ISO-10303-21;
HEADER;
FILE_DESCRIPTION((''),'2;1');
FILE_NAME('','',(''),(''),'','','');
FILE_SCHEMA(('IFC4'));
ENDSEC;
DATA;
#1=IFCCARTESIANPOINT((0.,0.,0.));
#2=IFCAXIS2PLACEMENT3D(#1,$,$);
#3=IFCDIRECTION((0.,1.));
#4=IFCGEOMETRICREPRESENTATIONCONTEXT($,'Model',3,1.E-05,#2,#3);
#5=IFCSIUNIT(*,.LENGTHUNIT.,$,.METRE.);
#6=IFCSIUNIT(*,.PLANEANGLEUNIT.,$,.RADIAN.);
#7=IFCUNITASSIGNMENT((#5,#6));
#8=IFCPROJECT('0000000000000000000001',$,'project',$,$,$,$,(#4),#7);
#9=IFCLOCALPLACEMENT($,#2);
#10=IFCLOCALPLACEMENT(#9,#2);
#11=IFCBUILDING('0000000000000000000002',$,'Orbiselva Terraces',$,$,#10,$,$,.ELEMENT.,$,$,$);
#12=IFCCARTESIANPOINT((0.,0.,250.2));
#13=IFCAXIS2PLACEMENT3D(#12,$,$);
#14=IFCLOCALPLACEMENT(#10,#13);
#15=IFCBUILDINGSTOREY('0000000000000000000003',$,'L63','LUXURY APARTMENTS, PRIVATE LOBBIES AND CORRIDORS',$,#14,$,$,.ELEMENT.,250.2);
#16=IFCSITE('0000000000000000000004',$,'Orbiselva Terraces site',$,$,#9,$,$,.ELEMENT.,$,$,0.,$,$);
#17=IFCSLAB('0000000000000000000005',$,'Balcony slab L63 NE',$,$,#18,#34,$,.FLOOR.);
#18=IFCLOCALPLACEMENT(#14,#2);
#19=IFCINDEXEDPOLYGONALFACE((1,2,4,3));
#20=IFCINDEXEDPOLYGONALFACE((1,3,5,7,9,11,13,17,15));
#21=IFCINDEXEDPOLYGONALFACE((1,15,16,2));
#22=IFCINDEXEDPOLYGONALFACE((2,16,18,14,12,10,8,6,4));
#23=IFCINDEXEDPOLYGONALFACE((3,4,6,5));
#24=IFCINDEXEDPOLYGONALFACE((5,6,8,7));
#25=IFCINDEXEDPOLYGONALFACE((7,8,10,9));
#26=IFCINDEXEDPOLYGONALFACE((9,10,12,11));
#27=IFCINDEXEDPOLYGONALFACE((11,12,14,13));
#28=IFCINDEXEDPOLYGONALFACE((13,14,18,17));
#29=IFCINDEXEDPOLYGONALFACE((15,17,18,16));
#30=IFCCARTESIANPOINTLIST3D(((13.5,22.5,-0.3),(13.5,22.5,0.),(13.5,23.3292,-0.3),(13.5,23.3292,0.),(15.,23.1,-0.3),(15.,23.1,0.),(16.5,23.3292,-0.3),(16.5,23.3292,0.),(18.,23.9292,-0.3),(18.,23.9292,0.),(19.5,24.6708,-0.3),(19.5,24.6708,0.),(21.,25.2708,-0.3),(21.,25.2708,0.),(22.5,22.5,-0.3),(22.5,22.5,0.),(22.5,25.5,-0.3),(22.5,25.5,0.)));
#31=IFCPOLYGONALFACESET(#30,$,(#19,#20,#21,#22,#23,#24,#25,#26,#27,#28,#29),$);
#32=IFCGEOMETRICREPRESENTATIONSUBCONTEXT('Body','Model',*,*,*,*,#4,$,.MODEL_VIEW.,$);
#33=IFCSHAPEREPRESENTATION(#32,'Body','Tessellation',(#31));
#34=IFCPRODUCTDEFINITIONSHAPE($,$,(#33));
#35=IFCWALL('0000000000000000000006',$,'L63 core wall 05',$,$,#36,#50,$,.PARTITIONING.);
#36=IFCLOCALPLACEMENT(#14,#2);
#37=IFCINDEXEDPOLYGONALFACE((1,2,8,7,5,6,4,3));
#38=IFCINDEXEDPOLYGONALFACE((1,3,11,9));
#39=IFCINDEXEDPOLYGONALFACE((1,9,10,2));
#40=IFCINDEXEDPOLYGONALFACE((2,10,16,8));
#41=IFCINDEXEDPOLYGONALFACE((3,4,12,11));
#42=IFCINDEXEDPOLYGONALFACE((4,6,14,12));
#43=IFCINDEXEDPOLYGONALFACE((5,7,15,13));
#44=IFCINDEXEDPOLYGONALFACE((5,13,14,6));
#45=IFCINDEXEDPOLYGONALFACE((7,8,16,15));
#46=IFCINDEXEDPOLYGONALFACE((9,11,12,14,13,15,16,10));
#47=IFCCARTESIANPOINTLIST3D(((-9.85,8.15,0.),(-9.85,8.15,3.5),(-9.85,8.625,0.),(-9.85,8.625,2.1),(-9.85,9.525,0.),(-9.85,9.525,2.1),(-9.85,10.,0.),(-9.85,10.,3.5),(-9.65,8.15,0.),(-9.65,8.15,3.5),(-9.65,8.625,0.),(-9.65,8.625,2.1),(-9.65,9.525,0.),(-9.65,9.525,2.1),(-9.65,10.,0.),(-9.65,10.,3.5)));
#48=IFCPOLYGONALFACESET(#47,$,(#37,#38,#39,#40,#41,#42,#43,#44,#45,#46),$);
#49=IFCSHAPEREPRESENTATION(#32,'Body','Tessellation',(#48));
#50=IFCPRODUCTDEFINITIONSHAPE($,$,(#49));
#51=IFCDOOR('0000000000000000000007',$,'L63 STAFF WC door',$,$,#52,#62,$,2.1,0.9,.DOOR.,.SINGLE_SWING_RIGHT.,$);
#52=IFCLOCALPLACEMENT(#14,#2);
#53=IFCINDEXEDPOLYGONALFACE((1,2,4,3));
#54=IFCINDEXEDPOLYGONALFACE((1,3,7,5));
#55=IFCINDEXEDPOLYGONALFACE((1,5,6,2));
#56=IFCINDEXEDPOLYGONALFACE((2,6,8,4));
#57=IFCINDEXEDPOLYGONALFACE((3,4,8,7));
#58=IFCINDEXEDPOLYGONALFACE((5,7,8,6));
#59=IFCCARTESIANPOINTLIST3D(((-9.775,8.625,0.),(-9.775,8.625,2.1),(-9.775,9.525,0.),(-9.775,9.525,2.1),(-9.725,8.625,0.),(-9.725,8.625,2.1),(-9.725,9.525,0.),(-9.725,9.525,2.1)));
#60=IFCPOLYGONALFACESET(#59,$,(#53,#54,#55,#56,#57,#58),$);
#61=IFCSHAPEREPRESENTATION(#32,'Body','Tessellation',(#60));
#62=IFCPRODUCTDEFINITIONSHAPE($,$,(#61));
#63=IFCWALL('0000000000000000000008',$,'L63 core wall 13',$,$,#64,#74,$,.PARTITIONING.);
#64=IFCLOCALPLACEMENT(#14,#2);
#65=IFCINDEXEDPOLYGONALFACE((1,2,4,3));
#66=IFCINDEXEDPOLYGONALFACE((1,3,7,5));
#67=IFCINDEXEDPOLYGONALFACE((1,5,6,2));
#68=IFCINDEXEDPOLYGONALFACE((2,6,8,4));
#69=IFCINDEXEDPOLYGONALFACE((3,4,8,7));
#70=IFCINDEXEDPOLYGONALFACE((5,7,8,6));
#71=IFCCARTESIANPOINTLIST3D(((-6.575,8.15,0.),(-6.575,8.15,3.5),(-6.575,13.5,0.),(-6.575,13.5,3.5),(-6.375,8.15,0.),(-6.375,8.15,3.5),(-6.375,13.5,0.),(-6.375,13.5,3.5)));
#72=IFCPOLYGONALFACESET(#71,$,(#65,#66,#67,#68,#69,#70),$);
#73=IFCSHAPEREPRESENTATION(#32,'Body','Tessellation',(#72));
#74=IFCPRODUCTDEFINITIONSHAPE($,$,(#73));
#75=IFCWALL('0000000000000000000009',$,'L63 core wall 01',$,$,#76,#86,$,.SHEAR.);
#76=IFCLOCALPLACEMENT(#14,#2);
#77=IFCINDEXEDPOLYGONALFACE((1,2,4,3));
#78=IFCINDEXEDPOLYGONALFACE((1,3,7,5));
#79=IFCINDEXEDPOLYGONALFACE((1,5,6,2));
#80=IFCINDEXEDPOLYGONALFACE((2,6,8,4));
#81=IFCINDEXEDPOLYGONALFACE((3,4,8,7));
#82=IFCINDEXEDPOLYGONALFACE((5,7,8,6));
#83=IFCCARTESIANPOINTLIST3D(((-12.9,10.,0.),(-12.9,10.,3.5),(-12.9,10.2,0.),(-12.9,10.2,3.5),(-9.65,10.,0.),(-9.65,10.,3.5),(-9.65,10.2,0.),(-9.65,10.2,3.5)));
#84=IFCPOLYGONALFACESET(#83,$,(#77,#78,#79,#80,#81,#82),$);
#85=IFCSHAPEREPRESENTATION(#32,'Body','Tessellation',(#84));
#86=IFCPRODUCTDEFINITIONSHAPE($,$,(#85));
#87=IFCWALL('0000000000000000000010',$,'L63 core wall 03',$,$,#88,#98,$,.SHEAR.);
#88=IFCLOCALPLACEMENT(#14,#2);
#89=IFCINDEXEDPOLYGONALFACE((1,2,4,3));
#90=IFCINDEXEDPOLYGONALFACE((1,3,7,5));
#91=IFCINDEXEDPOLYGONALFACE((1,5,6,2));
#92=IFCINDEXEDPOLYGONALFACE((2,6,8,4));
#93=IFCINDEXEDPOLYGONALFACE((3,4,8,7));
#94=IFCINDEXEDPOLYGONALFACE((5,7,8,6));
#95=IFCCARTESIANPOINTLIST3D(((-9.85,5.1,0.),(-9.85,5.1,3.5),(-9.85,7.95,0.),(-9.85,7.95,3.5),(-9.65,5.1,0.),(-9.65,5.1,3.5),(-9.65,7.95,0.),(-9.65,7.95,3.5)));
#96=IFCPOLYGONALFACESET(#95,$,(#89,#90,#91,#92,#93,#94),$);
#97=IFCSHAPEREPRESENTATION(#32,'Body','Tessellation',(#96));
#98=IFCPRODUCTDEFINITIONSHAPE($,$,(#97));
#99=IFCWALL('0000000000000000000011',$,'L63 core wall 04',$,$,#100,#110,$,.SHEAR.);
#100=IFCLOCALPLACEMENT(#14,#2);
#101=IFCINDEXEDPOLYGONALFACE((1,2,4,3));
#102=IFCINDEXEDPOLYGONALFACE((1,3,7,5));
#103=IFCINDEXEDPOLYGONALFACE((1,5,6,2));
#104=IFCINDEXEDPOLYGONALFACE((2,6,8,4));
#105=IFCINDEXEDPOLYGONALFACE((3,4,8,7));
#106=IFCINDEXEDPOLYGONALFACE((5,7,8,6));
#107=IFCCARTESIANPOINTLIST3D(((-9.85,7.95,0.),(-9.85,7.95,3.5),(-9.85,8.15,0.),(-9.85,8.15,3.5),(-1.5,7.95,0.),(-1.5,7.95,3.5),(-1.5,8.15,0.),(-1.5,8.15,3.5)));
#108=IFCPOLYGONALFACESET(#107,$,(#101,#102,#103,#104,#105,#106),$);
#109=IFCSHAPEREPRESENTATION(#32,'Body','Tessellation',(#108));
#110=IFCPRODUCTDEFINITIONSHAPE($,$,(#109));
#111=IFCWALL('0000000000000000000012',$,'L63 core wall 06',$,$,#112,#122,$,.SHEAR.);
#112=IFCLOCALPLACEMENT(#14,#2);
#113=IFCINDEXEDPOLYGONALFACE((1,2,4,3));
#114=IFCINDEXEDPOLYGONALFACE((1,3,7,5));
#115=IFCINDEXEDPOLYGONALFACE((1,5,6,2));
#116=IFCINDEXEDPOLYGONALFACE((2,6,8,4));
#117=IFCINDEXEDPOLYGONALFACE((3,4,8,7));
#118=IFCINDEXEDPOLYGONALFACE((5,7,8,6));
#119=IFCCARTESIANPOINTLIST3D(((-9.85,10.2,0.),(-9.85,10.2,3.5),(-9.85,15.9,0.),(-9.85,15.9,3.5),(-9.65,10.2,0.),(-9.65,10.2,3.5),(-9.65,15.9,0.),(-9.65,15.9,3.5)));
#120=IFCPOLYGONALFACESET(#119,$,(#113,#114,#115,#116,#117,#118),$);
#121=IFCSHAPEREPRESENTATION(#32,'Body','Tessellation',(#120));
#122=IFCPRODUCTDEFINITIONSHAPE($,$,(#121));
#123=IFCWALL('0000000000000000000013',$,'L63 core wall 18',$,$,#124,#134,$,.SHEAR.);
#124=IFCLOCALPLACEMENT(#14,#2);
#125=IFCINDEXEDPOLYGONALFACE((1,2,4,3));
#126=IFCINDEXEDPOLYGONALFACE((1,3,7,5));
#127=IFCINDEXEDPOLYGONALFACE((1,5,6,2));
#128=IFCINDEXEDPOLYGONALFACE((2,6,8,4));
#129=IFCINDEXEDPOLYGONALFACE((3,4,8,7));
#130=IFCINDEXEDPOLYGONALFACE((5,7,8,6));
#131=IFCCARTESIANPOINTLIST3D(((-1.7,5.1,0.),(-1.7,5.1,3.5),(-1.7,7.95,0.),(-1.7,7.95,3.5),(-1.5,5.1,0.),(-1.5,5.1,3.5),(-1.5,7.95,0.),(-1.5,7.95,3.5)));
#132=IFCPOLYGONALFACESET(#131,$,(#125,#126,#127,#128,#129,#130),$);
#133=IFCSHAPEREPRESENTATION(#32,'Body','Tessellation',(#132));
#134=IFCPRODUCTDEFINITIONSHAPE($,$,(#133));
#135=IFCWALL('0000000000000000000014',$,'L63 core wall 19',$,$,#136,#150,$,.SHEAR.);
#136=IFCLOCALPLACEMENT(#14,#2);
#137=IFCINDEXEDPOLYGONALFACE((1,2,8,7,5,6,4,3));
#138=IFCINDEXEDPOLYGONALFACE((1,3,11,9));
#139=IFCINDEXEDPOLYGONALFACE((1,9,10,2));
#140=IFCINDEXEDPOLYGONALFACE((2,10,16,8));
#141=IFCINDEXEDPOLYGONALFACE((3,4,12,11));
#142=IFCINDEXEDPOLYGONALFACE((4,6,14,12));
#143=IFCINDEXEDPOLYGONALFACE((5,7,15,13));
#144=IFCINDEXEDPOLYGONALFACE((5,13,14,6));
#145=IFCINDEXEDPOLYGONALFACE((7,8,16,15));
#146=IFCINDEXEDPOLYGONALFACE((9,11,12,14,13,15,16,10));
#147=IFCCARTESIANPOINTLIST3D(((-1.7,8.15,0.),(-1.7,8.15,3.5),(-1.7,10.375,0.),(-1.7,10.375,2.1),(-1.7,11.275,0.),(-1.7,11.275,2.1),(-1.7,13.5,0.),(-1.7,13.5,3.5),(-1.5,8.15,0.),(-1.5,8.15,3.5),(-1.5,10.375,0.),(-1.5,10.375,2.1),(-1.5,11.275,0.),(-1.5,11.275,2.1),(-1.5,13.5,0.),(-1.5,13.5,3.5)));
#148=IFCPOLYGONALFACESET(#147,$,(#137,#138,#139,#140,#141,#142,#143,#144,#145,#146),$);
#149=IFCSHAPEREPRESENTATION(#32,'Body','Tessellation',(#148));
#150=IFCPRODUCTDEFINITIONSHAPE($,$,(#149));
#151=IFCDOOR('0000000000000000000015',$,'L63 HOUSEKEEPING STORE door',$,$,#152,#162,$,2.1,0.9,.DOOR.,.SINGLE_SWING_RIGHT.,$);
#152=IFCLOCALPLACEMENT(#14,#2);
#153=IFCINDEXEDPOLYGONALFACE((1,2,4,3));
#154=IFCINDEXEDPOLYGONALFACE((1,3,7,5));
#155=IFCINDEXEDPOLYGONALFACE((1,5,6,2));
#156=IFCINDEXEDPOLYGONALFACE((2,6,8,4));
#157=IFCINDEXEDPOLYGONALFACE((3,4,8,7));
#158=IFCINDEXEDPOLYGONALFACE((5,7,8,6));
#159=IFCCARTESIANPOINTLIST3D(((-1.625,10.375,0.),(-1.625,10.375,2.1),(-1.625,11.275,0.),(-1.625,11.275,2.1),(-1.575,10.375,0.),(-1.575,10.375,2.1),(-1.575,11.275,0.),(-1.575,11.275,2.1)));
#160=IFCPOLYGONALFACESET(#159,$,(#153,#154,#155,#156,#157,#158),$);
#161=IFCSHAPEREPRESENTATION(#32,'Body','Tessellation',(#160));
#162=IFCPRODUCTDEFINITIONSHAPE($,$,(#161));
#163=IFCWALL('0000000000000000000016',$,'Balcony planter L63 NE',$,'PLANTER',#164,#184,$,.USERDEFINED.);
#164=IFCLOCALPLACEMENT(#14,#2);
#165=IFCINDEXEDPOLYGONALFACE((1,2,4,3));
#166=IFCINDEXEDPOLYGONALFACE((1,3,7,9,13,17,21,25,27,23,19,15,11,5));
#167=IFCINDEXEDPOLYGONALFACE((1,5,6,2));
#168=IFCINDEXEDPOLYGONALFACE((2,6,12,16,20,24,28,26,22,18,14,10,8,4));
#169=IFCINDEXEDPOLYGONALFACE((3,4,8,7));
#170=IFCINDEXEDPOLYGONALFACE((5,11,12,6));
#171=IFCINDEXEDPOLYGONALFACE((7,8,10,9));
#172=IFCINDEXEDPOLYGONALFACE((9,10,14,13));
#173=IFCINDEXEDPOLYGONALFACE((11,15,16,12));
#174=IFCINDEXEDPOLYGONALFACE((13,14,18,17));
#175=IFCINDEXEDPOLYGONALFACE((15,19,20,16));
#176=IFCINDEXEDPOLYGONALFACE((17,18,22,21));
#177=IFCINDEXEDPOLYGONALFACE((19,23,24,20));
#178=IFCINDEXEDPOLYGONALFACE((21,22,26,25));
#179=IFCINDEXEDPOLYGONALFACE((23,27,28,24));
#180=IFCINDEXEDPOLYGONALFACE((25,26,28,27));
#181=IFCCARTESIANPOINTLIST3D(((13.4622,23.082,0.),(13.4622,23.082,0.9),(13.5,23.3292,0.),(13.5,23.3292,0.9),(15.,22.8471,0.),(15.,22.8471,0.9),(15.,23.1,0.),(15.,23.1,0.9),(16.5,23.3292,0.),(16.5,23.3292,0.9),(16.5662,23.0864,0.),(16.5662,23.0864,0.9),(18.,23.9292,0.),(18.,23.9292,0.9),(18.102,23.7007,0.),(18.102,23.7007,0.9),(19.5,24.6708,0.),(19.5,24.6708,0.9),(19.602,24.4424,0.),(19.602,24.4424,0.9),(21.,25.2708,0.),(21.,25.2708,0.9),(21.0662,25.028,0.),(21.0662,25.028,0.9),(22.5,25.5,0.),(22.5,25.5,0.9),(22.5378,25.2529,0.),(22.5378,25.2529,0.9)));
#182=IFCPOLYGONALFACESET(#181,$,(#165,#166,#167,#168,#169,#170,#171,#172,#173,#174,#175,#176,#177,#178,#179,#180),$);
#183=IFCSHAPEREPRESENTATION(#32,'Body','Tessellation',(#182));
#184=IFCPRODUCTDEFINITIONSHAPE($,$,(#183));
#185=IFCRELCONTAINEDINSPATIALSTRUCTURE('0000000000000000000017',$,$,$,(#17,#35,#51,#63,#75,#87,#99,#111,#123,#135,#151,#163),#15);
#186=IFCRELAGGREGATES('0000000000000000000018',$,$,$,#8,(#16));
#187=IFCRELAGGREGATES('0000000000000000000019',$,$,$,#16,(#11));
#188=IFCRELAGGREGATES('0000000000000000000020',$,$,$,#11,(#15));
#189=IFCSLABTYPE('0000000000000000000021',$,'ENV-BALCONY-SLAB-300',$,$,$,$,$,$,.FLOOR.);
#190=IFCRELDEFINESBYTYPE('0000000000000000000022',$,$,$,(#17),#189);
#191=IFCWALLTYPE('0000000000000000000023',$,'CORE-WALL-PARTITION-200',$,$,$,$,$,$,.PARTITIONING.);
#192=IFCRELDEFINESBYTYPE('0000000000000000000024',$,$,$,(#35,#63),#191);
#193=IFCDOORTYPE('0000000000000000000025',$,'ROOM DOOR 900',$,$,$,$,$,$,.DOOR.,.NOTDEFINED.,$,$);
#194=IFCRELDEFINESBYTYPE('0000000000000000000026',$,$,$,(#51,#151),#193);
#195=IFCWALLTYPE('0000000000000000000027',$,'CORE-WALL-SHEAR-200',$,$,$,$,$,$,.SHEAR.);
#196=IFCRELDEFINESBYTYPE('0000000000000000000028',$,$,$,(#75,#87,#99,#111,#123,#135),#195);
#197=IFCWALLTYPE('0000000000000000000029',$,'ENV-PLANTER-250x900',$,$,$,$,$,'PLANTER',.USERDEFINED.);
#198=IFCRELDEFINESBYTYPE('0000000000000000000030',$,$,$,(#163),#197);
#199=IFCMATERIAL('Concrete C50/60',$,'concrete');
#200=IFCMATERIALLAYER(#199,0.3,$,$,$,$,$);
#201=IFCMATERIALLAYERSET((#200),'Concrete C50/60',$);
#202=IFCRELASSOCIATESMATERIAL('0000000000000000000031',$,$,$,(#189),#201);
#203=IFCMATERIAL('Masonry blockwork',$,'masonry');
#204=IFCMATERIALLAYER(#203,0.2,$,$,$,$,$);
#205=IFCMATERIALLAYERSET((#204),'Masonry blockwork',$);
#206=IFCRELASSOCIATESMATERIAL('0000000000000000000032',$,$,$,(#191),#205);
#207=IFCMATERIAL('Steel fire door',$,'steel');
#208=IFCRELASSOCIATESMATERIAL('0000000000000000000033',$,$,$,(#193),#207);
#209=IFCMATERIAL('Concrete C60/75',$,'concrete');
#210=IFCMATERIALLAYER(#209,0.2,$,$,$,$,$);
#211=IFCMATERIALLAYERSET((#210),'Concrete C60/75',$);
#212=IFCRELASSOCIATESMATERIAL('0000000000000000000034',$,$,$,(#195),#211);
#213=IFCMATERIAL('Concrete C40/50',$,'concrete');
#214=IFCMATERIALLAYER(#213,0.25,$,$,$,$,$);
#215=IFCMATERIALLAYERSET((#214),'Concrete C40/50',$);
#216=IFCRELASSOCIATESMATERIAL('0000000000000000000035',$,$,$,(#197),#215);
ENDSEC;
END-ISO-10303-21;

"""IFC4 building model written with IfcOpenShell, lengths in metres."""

from ifc_helpers import new_model, si_unit, direction, frame, frame_2d, origin, place, context, subcontext, project, spatial, polyline, rectangle, outline, extrude, material, layer, layer_set, type_object, element, fill, save


model = new_model("IFC4")

# Units and contexts
model_context = context("Model", 3, precision=1e-05, world=origin(), true_north=direction((0.0, 1.0)))
body_context = subcontext(model_context, "Body", "Model", "MODEL_VIEW")
ifc_project = project(units=[si_unit("LENGTHUNIT", "METRE"), si_unit("PLANEANGLEUNIT", "RADIAN")], contexts=[model_context])

# Site, building, storey
site_placement = place(None, origin())
site = spatial("IfcSite", under=ifc_project, at=site_placement, Name="Orbiselva Terraces site", CompositionType="ELEMENT", RefElevation=0.0)
building_placement = place(site_placement, origin())
building = spatial("IfcBuilding", under=site, at=building_placement, Name="Orbiselva Terraces", CompositionType="ELEMENT")
storey_placement = place(building_placement, frame((0.0, 0.0, 250.2)))
storey = spatial("IfcBuildingStorey", under=building, at=storey_placement, Name="L63", Description="LUXURY APARTMENTS, PRIVATE LOBBIES AND CORRIDORS", CompositionType="ELEMENT", Elevation=250.2)

# Slab
ifc_material_1 = material(Name="Concrete C50/60", Category="concrete")
ifc_layer_1 = layer(ifc_material_1, 0.3)
ifc_layer_set_1 = layer_set([ifc_layer_1], Name="Concrete C50/60")
slab_type = type_object("IfcSlabType", Name="ENV-BALCONY-SLAB-300", PredefinedType="FLOOR", material=ifc_layer_set_1)
slab_placement = place(storey_placement, frame((0.0, 0.0, -0.3)))
element("IfcSlab", 1, at=slab_placement, inside=storey, type_object=slab_type, Name="Balcony slab L63 NE", PredefinedType="FLOOR", context=body_context, shape_type="SweptSolid", body=[
    extrude(outline(polyline([(22.5, 25.5), (21.0, 25.2708), (19.5, 24.6708), (18.0, 23.9292), (16.5, 23.3292), (15.0, 23.1), (13.5, 23.3292), (13.5, 22.5), (22.5, 22.5), (22.5, 25.5)])), origin(), (0.0, 0.0, 1.0), 0.3),
])

# Wall, opening, door
ifc_material_2 = material(Name="Masonry blockwork", Category="masonry")
ifc_layer_2 = layer(ifc_material_2, 0.2)
ifc_layer_set_2 = layer_set([ifc_layer_2], Name="Masonry blockwork")
wall_type_1 = type_object("IfcWallType", Name="CORE-WALL-PARTITION-200", PredefinedType="PARTITIONING", material=ifc_layer_set_2)
wall_1_placement = place(storey_placement, frame((-9.75, 8.15, 0.0), z_axis=(0.0, 0.0, 1.0), x_axis=(0.0, 1.0, 0.0)))
wall_1 = element("IfcWall", 2, at=wall_1_placement, inside=storey, type_object=wall_type_1, Name="L63 core wall 05", PredefinedType="PARTITIONING", context=body_context, shape_type="SweptSolid", body=[
    extrude(rectangle(XDim=1.85, YDim=0.2, at=frame_2d((0.925, 0.0))), origin(), (0.0, 0.0, 1.0), 3.5),
])
opening_1_placement = place(wall_1_placement, frame((0.475, 0.0, 0.0)))
opening_1 = element("IfcOpeningElement", 3, at=opening_1_placement, cuts=wall_1, PredefinedType="OPENING", context=body_context, shape_type="SweptSolid", body=[
    extrude(rectangle(XDim=0.9, YDim=2.1, at=frame_2d((0.45, 1.05))), frame((0.0, 0.11, 0.0), z_axis=(0.0, -1.0, 0.0), x_axis=(1.0, 0.0, 0.0)), (0.0, 0.0, 1.0), 0.22),
])
ifc_material_3 = material(Name="Steel fire door", Category="steel")
door_type = type_object("IfcDoorType", Name="ROOM DOOR 900", OperationType="NOTDEFINED", PredefinedType="DOOR", material=ifc_material_3)
door_1_placement = place(opening_1_placement, origin())
door_1 = element("IfcDoor", 4, at=door_1_placement, inside=storey, type_object=door_type, Name="L63 STAFF WC door", OperationType="SINGLE_SWING_RIGHT", OverallHeight=2.1, OverallWidth=0.9, PredefinedType="DOOR", context=body_context, shape_type="SweptSolid", body=[
    extrude(rectangle(XDim=0.9, YDim=2.1, at=frame_2d((0.45, 1.05))), frame((0.0, 0.025, 0.0), z_axis=(0.0, -1.0, 0.0), x_axis=(1.0, 0.0, 0.0)), (0.0, 0.0, 1.0), 0.05),
])
fill(opening_1, door_1)

# Walls
wall_2_placement = place(storey_placement, frame((-6.475, 8.15, 0.0), z_axis=(0.0, 0.0, 1.0), x_axis=(0.0, 1.0, 0.0)))
element("IfcWall", 5, at=wall_2_placement, inside=storey, type_object=wall_type_1, Name="L63 core wall 13", PredefinedType="PARTITIONING", context=body_context, shape_type="SweptSolid", body=[
    extrude(rectangle(XDim=5.35, YDim=0.2, at=frame_2d((2.675, 0.0))), origin(), (0.0, 0.0, 1.0), 3.5),
])
ifc_material_4 = material(Name="Concrete C60/75", Category="concrete")
ifc_layer_3 = layer(ifc_material_4, 0.2)
ifc_layer_set_3 = layer_set([ifc_layer_3], Name="Concrete C60/75")
wall_type_2 = type_object("IfcWallType", Name="CORE-WALL-SHEAR-200", PredefinedType="SHEAR", material=ifc_layer_set_3)
wall_3_placement = place(storey_placement, frame((-12.9, 10.1, 0.0), z_axis=(0.0, 0.0, 1.0), x_axis=(1.0, 0.0, 0.0)))
element("IfcWall", 6, at=wall_3_placement, inside=storey, type_object=wall_type_2, Name="L63 core wall 01", PredefinedType="SHEAR", context=body_context, shape_type="SweptSolid", body=[
    extrude(rectangle(XDim=3.25, YDim=0.2, at=frame_2d((1.625, 0.0))), origin(), (0.0, 0.0, 1.0), 3.5),
])
wall_4_placement = place(storey_placement, frame((-9.75, 5.1, 0.0), z_axis=(0.0, 0.0, 1.0), x_axis=(0.0, 1.0, 0.0)))
element("IfcWall", 7, at=wall_4_placement, inside=storey, type_object=wall_type_2, Name="L63 core wall 03", PredefinedType="SHEAR", context=body_context, shape_type="SweptSolid", body=[
    extrude(rectangle(XDim=2.85, YDim=0.2, at=frame_2d((1.425, 0.0))), origin(), (0.0, 0.0, 1.0), 3.5),
])
wall_5_placement = place(storey_placement, frame((-9.85, 8.05, 0.0), z_axis=(0.0, 0.0, 1.0), x_axis=(1.0, 0.0, 0.0)))
element("IfcWall", 8, at=wall_5_placement, inside=storey, type_object=wall_type_2, Name="L63 core wall 04", PredefinedType="SHEAR", context=body_context, shape_type="SweptSolid", body=[
    extrude(rectangle(XDim=8.35, YDim=0.2, at=frame_2d((4.175, 0.0))), origin(), (0.0, 0.0, 1.0), 3.5),
])
wall_6_placement = place(storey_placement, frame((-9.75, 10.2, 0.0), z_axis=(0.0, 0.0, 1.0), x_axis=(0.0, 1.0, 0.0)))
element("IfcWall", 9, at=wall_6_placement, inside=storey, type_object=wall_type_2, Name="L63 core wall 06", PredefinedType="SHEAR", context=body_context, shape_type="SweptSolid", body=[
    extrude(rectangle(XDim=5.7, YDim=0.2, at=frame_2d((2.85, 0.0))), origin(), (0.0, 0.0, 1.0), 3.5),
])
wall_7_placement = place(storey_placement, frame((-1.6, 5.1, 0.0), z_axis=(0.0, 0.0, 1.0), x_axis=(0.0, 1.0, 0.0)))
element("IfcWall", 10, at=wall_7_placement, inside=storey, type_object=wall_type_2, Name="L63 core wall 18", PredefinedType="SHEAR", context=body_context, shape_type="SweptSolid", body=[
    extrude(rectangle(XDim=2.85, YDim=0.2, at=frame_2d((1.425, 0.0))), origin(), (0.0, 0.0, 1.0), 3.5),
])

# Wall, opening, door
wall_8_placement = place(storey_placement, frame((-1.6, 8.15, 0.0), z_axis=(0.0, 0.0, 1.0), x_axis=(0.0, 1.0, 0.0)))
wall_8 = element("IfcWall", 11, at=wall_8_placement, inside=storey, type_object=wall_type_2, Name="L63 core wall 19", PredefinedType="SHEAR", context=body_context, shape_type="SweptSolid", body=[
    extrude(rectangle(XDim=5.35, YDim=0.2, at=frame_2d((2.675, 0.0))), origin(), (0.0, 0.0, 1.0), 3.5),
])
opening_2_placement = place(wall_8_placement, frame((2.225, 0.0, 0.0)))
opening_2 = element("IfcOpeningElement", 12, at=opening_2_placement, cuts=wall_8, PredefinedType="OPENING", context=body_context, shape_type="SweptSolid", body=[
    extrude(rectangle(XDim=0.9, YDim=2.1, at=frame_2d((0.45, 1.05))), frame((0.0, 0.11, 0.0), z_axis=(0.0, -1.0, 0.0), x_axis=(1.0, 0.0, 0.0)), (0.0, 0.0, 1.0), 0.22),
])
door_2_placement = place(opening_2_placement, origin())
door_2 = element("IfcDoor", 13, at=door_2_placement, inside=storey, type_object=door_type, Name="L63 HOUSEKEEPING STORE door", OperationType="SINGLE_SWING_RIGHT", OverallHeight=2.1, OverallWidth=0.9, PredefinedType="DOOR", context=body_context, shape_type="SweptSolid", body=[
    extrude(rectangle(XDim=0.9, YDim=2.1, at=frame_2d((0.45, 1.05))), frame((0.0, 0.025, 0.0), z_axis=(0.0, -1.0, 0.0), x_axis=(1.0, 0.0, 0.0)), (0.0, 0.0, 1.0), 0.05),
])
fill(opening_2, door_2)

# Wall
ifc_material_5 = material(Name="Concrete C40/50", Category="concrete")
ifc_layer_4 = layer(ifc_material_5, 0.25)
ifc_layer_set_4 = layer_set([ifc_layer_4], Name="Concrete C40/50")
wall_type_3 = type_object("IfcWallType", Name="ENV-PLANTER-250x900", ElementType="PLANTER", PredefinedType="USERDEFINED", material=ifc_layer_set_4)
wall_9_placement = place(storey_placement, origin())
element("IfcWall", 14, at=wall_9_placement, inside=storey, type_object=wall_type_3, Name="Balcony planter L63 NE", ObjectType="PLANTER", PredefinedType="USERDEFINED", context=body_context, shape_type="SweptSolid", body=[
    extrude(outline(polyline([(22.5, 25.5), (21.0, 25.2708), (19.5, 24.6708), (18.0, 23.9292), (16.5, 23.3292), (15.0, 23.1), (13.5, 23.3292), (13.4622, 23.082), (15.0, 22.8471), (16.5662, 23.0864), (18.102, 23.7007), (19.602, 24.4424), (21.0662, 25.028), (22.5378, 25.2529), (22.5, 25.5)])), origin(), (0.0, 0.0, 1.0), 0.9),
])

save(model, "model.ifc")
